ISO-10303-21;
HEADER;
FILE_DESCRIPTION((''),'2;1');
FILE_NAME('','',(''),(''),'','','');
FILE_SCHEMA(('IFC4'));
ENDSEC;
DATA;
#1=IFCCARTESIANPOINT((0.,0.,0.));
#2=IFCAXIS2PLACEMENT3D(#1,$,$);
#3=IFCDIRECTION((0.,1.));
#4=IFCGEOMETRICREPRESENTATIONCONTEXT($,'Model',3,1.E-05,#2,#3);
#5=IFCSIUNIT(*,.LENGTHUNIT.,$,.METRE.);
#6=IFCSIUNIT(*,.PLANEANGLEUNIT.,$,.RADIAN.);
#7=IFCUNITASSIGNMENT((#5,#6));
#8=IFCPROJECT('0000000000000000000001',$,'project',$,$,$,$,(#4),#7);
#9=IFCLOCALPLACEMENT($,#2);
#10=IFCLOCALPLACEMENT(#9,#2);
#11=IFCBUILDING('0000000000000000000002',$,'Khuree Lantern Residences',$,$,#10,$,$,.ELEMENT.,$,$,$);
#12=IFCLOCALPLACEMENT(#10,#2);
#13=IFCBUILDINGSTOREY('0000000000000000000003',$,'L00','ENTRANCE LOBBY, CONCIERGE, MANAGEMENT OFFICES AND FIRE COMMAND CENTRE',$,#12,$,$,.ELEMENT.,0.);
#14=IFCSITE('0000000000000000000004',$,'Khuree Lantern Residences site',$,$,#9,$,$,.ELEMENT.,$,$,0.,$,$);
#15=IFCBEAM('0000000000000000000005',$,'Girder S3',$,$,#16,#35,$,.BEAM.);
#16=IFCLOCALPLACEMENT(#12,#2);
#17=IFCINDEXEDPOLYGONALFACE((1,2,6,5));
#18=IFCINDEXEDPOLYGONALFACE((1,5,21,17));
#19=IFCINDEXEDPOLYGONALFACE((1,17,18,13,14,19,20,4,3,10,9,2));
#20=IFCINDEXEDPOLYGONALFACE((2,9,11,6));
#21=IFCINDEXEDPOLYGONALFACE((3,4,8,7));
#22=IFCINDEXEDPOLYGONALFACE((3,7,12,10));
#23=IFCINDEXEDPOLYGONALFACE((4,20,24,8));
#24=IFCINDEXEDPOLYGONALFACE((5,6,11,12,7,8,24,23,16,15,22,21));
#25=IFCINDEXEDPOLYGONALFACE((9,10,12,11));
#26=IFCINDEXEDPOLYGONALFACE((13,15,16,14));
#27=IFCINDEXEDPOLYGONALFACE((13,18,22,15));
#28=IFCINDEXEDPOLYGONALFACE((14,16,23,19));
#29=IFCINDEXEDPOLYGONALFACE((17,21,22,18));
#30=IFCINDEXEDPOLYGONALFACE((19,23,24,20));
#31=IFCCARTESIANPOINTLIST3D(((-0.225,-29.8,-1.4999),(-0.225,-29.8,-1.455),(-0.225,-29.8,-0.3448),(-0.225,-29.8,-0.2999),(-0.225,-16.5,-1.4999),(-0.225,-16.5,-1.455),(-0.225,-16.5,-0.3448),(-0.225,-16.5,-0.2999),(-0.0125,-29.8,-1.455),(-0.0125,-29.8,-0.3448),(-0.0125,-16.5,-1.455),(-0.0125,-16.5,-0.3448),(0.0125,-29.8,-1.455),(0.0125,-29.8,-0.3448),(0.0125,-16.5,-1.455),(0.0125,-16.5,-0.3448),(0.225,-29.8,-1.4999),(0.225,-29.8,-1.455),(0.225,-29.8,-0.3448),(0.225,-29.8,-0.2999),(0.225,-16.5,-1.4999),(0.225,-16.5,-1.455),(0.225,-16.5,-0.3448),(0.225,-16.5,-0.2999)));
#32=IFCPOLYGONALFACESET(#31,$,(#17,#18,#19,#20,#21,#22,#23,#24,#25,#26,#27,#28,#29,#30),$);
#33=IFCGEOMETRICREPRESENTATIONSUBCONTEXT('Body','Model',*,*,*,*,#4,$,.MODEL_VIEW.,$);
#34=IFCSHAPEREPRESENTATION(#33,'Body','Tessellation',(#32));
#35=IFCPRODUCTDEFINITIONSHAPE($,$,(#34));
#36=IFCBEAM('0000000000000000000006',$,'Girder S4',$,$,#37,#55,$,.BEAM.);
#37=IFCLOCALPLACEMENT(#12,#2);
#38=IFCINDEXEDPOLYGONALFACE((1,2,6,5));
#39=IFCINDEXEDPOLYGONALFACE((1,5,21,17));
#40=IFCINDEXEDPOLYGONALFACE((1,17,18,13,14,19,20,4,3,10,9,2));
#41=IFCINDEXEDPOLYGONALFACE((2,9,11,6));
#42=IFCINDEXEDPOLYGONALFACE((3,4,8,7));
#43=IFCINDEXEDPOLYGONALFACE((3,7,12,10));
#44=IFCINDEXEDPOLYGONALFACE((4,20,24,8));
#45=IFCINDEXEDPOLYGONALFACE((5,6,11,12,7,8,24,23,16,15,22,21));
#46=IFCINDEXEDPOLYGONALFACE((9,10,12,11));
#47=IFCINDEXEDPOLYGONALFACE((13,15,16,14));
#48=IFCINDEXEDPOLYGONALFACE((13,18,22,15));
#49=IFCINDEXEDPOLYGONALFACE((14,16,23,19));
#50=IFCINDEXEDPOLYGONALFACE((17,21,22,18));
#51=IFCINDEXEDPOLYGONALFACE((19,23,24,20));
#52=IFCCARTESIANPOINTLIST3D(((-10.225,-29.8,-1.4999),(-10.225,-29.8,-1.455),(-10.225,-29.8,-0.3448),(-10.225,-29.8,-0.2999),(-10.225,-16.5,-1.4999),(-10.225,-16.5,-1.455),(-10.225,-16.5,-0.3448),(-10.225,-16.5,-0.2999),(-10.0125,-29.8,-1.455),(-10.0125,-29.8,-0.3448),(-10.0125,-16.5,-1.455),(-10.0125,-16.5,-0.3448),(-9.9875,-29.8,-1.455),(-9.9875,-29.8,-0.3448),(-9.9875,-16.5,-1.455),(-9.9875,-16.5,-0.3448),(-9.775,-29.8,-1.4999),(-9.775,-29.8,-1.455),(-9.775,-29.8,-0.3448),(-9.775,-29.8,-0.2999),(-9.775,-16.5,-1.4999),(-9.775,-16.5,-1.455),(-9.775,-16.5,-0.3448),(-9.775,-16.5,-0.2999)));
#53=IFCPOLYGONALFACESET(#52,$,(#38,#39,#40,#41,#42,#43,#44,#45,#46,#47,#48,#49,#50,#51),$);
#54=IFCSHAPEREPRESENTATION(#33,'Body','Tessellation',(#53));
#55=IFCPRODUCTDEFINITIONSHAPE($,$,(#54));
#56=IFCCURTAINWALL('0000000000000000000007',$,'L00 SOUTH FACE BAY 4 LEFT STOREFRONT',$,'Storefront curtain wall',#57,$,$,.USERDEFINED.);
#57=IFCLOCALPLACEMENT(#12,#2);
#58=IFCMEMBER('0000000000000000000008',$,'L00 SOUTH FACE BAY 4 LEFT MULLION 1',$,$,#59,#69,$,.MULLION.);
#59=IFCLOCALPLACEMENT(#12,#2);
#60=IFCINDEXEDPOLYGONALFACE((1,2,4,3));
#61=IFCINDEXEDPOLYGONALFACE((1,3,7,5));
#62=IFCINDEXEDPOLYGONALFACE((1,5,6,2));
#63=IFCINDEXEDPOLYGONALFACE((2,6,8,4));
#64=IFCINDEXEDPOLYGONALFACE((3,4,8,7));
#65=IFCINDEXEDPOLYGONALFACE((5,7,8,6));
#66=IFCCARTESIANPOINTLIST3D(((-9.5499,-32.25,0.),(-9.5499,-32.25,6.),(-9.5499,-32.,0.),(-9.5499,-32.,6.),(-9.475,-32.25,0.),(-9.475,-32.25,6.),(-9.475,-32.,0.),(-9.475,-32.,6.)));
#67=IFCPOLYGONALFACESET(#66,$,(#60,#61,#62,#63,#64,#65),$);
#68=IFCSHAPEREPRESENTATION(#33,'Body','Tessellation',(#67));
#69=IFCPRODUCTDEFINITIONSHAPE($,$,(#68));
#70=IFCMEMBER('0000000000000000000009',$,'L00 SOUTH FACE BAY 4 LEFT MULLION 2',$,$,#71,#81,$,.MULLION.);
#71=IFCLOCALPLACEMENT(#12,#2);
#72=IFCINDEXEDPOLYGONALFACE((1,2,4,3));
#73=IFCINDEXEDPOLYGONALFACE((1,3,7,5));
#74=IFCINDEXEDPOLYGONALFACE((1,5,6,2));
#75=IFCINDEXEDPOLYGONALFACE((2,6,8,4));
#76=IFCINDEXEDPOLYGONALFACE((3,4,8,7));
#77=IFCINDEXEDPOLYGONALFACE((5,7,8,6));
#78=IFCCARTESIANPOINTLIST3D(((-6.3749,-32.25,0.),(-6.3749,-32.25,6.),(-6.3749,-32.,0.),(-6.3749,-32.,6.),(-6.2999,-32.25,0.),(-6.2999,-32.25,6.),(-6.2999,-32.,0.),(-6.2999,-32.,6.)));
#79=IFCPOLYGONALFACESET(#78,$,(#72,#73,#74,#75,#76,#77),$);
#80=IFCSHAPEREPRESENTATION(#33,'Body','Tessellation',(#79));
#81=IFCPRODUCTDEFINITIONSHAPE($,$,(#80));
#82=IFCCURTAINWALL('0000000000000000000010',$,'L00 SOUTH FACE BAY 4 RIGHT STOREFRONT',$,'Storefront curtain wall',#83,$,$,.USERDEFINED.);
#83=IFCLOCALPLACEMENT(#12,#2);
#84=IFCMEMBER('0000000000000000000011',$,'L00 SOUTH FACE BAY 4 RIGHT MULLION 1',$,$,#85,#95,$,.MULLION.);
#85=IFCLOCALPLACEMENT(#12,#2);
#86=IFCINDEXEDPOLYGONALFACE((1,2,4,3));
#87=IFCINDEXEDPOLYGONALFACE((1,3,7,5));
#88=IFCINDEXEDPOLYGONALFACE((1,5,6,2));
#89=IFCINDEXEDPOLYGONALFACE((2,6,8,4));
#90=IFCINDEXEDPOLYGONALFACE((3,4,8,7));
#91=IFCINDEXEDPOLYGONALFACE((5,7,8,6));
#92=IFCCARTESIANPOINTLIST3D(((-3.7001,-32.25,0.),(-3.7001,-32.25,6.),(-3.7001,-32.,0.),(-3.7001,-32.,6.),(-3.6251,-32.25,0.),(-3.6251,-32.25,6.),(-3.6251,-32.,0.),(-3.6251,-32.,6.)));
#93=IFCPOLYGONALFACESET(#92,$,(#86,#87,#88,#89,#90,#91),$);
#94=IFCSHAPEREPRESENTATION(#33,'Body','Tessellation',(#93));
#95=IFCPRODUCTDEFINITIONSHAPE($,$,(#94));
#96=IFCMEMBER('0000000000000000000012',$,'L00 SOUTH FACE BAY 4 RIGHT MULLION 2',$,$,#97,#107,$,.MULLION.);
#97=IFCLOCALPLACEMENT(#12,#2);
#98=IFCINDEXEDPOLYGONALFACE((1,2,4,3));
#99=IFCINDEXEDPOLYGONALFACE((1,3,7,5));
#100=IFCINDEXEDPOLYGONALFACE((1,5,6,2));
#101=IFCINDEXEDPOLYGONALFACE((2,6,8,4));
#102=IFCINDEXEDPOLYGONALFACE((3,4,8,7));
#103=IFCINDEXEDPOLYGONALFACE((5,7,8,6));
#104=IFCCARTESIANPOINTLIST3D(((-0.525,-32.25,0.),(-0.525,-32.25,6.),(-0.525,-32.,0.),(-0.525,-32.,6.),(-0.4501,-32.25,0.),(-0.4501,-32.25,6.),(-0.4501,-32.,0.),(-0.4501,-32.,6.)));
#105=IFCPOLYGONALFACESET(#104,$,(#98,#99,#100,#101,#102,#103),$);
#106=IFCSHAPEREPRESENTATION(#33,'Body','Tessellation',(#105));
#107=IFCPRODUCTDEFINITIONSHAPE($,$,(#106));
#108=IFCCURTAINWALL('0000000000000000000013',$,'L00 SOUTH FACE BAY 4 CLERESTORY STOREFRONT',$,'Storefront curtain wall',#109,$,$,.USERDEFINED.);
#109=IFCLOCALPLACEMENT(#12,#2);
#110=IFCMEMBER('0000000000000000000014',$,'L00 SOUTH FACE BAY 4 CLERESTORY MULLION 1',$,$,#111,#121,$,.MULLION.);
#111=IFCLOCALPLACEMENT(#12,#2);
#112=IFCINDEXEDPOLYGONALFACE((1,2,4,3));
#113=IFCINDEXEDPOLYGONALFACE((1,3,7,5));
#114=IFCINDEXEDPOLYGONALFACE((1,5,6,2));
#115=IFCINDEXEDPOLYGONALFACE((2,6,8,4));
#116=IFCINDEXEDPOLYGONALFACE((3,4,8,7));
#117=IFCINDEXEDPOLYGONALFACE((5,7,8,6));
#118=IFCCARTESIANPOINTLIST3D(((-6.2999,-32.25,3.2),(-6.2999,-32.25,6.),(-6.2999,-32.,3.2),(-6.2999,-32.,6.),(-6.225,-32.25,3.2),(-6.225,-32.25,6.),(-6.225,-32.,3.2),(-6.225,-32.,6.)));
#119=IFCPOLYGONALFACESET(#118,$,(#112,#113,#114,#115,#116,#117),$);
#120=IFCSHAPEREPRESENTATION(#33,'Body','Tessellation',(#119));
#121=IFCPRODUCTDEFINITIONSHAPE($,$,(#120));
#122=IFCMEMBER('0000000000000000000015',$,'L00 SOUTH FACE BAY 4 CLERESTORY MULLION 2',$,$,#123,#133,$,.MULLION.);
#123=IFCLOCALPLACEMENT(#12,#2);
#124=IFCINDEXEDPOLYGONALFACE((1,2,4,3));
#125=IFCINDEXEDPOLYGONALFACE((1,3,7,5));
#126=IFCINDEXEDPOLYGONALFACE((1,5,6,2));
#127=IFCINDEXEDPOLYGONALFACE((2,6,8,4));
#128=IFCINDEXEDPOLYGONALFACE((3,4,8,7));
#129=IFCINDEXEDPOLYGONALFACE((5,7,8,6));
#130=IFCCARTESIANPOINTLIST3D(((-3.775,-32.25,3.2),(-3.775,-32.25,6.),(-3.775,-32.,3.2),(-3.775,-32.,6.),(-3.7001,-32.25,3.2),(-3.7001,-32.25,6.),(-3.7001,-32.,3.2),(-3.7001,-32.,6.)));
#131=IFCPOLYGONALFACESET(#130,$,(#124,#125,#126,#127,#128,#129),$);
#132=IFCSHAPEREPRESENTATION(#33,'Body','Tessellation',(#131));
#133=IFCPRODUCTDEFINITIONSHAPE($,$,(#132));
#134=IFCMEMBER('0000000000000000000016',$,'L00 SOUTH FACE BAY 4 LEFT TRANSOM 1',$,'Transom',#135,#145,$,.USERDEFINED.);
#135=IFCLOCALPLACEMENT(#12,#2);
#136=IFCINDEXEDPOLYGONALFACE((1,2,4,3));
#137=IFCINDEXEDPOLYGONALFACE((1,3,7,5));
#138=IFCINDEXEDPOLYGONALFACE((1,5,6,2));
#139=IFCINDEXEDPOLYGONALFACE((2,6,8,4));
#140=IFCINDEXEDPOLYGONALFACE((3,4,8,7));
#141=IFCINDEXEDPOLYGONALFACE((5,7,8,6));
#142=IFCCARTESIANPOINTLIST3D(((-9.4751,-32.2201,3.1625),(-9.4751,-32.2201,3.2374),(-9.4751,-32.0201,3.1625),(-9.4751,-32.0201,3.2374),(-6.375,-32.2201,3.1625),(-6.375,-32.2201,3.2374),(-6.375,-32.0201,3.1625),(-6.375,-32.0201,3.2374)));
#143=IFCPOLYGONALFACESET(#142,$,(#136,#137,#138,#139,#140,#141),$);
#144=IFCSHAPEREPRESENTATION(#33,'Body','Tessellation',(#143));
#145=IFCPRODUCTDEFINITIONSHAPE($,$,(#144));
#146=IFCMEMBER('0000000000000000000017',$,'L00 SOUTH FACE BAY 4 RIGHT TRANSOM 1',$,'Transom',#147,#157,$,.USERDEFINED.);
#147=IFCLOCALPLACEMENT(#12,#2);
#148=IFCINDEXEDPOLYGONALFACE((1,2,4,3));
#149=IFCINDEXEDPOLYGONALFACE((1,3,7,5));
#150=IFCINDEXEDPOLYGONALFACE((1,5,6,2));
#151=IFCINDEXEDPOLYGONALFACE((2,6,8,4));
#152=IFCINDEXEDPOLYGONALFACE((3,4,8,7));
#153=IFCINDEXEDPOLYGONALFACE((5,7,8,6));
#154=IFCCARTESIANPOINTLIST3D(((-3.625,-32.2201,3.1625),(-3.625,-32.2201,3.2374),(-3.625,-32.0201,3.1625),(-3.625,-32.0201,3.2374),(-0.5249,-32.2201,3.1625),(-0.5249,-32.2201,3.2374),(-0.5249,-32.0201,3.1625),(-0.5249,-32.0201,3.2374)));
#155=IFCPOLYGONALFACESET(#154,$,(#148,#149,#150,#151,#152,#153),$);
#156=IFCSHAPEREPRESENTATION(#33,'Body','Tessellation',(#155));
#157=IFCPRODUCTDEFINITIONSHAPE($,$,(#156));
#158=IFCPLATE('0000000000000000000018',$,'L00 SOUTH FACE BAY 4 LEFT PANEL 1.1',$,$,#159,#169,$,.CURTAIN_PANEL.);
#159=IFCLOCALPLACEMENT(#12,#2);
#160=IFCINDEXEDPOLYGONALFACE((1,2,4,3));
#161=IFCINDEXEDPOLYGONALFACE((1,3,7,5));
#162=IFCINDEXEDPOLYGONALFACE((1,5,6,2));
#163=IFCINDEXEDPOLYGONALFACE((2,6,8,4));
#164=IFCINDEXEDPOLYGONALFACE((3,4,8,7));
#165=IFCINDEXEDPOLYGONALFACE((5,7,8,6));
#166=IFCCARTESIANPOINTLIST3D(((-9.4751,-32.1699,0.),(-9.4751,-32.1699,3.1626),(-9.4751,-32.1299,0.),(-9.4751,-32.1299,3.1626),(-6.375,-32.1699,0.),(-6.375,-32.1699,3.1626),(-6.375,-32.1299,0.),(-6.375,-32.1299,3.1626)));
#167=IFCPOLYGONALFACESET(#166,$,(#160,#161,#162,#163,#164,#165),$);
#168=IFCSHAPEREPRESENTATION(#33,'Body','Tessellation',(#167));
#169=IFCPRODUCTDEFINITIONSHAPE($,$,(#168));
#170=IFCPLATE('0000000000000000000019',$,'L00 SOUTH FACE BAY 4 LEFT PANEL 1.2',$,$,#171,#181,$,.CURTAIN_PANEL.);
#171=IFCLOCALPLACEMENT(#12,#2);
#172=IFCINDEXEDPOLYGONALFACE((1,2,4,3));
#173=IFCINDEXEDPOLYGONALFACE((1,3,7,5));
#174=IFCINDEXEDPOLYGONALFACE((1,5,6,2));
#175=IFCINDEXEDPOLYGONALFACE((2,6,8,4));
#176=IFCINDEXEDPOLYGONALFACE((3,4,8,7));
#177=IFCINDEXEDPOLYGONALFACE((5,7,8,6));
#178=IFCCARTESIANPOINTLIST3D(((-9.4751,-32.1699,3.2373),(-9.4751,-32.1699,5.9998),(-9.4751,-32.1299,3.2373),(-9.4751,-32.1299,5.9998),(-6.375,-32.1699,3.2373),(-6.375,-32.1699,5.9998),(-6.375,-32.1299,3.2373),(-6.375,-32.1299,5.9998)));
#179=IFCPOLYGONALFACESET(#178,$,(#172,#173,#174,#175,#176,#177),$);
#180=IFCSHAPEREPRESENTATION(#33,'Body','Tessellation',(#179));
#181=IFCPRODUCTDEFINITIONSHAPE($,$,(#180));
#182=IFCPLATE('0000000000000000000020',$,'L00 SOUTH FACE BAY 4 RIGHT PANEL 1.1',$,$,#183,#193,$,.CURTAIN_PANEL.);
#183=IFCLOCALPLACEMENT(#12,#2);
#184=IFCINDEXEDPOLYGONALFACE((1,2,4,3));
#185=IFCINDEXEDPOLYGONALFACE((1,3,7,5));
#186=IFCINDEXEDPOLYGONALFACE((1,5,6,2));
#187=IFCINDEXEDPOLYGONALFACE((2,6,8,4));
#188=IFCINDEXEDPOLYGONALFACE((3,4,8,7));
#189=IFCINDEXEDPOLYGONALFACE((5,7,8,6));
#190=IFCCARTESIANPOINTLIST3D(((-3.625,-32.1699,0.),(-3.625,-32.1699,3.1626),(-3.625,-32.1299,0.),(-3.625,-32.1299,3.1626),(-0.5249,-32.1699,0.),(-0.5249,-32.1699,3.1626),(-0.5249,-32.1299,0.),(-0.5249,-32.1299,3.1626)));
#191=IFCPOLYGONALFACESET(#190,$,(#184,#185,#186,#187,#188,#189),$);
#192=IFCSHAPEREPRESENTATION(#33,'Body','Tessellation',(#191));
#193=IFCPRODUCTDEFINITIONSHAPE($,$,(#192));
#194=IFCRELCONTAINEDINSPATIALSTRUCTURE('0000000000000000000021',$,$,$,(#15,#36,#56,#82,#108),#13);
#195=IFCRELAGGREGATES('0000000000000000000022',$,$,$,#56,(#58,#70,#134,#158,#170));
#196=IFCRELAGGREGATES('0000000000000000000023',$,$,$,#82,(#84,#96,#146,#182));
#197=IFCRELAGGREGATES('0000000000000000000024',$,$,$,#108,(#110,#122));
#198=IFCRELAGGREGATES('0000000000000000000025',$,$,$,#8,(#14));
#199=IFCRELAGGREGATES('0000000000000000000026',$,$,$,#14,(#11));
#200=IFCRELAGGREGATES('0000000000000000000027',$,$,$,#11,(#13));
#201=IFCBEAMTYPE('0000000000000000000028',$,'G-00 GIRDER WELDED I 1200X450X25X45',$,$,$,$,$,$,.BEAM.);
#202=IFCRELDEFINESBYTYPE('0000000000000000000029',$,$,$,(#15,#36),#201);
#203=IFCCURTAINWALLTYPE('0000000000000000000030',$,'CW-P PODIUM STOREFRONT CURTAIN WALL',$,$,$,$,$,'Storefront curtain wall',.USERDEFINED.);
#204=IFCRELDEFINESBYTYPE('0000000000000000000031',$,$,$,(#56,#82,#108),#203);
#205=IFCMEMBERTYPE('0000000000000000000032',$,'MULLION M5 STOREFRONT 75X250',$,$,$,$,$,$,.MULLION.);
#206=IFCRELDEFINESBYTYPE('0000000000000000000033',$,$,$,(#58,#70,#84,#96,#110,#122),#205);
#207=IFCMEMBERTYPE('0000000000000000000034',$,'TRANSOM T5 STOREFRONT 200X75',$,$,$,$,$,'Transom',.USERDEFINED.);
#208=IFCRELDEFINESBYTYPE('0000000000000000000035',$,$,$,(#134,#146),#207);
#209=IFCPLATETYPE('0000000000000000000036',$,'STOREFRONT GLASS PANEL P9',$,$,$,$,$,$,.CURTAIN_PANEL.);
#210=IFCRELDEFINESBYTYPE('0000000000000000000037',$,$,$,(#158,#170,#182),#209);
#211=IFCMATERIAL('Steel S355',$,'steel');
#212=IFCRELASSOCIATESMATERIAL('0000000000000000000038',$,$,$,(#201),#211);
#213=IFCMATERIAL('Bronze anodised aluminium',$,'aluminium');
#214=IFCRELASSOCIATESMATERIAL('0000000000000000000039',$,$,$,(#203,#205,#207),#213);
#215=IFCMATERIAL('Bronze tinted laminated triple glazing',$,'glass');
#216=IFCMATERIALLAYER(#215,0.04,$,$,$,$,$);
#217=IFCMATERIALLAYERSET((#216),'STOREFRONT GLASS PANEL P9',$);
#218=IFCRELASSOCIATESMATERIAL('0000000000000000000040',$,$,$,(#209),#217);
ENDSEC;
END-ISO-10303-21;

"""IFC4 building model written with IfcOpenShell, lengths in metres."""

from ifc_helpers import new_model, si_unit, direction, frame, origin, origin_2d, place, context, subcontext, project, spatial, rectangle, i_section, extrude, material, layer, layer_set, material_profile, profile_set, type_object, element, aggregate, save


model = new_model("IFC4")

# Units and contexts
model_context = context("Model", 3, precision=1e-05, world=origin(), true_north=direction((0.0, 1.0)))
body_context = subcontext(model_context, "Body", "Model", "MODEL_VIEW")
ifc_project = project(units=[si_unit("LENGTHUNIT", "METRE"), si_unit("PLANEANGLEUNIT", "RADIAN")], contexts=[model_context])

# Site, building, storey
site_placement = place(None, origin())
site = spatial("IfcSite", under=ifc_project, at=site_placement, Name="Khuree Lantern Residences site", CompositionType="ELEMENT", RefElevation=0.0)
building_placement = place(site_placement, origin())
building = spatial("IfcBuilding", under=site, at=building_placement, Name="Khuree Lantern Residences", CompositionType="ELEMENT")
storey_placement = place(building_placement, origin())
storey = spatial("IfcBuildingStorey", under=building, at=storey_placement, Name="L00", Description="ENTRANCE LOBBY, CONCIERGE, MANAGEMENT OFFICES AND FIRE COMMAND CENTRE", CompositionType="ELEMENT", Elevation=0.0)

# Shared definitions
ifc_material_1 = material(Name="Steel S355", Category="steel")

# Beams
ifc_material_profile_1 = material_profile(ifc_material_1, i_section(OverallWidth=0.45, OverallDepth=1.2, WebThickness=0.0249, FlangeThickness=0.0449, at=origin_2d()), Name="WELDED I 1200X450X25X45")
ifc_profile_set_1 = profile_set([ifc_material_profile_1], Name="Steel S355")
beam_type_1 = type_object("IfcBeamType", Name="G-00 GIRDER WELDED I 1200X450X25X45", PredefinedType="BEAM", material=ifc_profile_set_1)
for number, where, z_axis, x_axis, name in (
    (1, (0.0, -29.8, -0.8999), (0.0, 1.0, 0.0), (-1.0, 0.0, 0.0), "Girder S3"),
    (2, (-10.0, -29.8, -0.8999), (0.0, 1.0, 0.0), (-1.0, 0.0, 0.0), "Girder S4"),
):
    element("IfcBeam", number, at=place(storey_placement, frame(where, z_axis=z_axis, x_axis=x_axis)), inside=storey, type_object=beam_type_1, Name=name, PredefinedType="BEAM", context=body_context, shape_type="SweptSolid", body=[
        extrude(i_section(OverallWidth=0.45, OverallDepth=1.2, WebThickness=0.0249, FlangeThickness=0.0449, at=origin_2d()), origin(), (0.0, 0.0, 1.0), 13.3),
    ])

# Curtain walls, members
ifc_material_2 = material(Name="Bronze anodised aluminium", Category="aluminium")
curtain_wall_type = type_object("IfcCurtainWallType", Name="CW-P PODIUM STOREFRONT CURTAIN WALL", ElementType="Storefront curtain wall", PredefinedType="USERDEFINED", material=ifc_material_2)
curtain_wall_1_placement = place(storey_placement, origin())
curtain_wall_1 = element("IfcCurtainWall", 3, at=curtain_wall_1_placement, inside=storey, type_object=curtain_wall_type, Name="L00 SOUTH FACE BAY 4 LEFT STOREFRONT", ObjectType="Storefront curtain wall", PredefinedType="USERDEFINED")
ifc_material_profile_2 = material_profile(ifc_material_2, rectangle(XDim=0.075, YDim=0.25, at=origin_2d()), Name="M5 75X250")
ifc_profile_set_2 = profile_set([ifc_material_profile_2], Name="Bronze anodised aluminium")
member_type_1 = type_object("IfcMemberType", Name="MULLION M5 STOREFRONT 75X250", PredefinedType="MULLION", material=ifc_profile_set_2)
member_1_placement = place(storey_placement, frame((-9.5125, -32.125, 0.0), z_axis=(0.0, 0.0, 1.0), x_axis=(1.0, 0.0, 0.0)))
member_1 = element("IfcMember", 4, at=member_1_placement, type_object=member_type_1, Name="L00 SOUTH FACE BAY 4 LEFT MULLION 1", PredefinedType="MULLION", context=body_context, shape_type="SweptSolid", body=[
    extrude(rectangle(XDim=0.075, YDim=0.25, at=origin_2d()), origin(), (0.0, 0.0, 1.0), 6.0),
])
member_2_placement = place(storey_placement, frame((-6.3374, -32.125, 0.0), z_axis=(0.0, 0.0, 1.0), x_axis=(1.0, 0.0, 0.0)))
member_2 = element("IfcMember", 5, at=member_2_placement, type_object=member_type_1, Name="L00 SOUTH FACE BAY 4 LEFT MULLION 2", PredefinedType="MULLION", context=body_context, shape_type="SweptSolid", body=[
    extrude(rectangle(XDim=0.075, YDim=0.25, at=origin_2d()), origin(), (0.0, 0.0, 1.0), 6.0),
])
curtain_wall_2_placement = place(storey_placement, origin())
curtain_wall_2 = element("IfcCurtainWall", 6, at=curtain_wall_2_placement, inside=storey, type_object=curtain_wall_type, Name="L00 SOUTH FACE BAY 4 RIGHT STOREFRONT", ObjectType="Storefront curtain wall", PredefinedType="USERDEFINED")
member_3_placement = place(storey_placement, frame((-3.6626, -32.125, 0.0), z_axis=(0.0, 0.0, 1.0), x_axis=(1.0, 0.0, 0.0)))
member_3 = element("IfcMember", 7, at=member_3_placement, type_object=member_type_1, Name="L00 SOUTH FACE BAY 4 RIGHT MULLION 1", PredefinedType="MULLION", context=body_context, shape_type="SweptSolid", body=[
    extrude(rectangle(XDim=0.075, YDim=0.25, at=origin_2d()), origin(), (0.0, 0.0, 1.0), 6.0),
])
member_4_placement = place(storey_placement, frame((-0.4875, -32.125, 0.0), z_axis=(0.0, 0.0, 1.0), x_axis=(1.0, 0.0, 0.0)))
member_4 = element("IfcMember", 8, at=member_4_placement, type_object=member_type_1, Name="L00 SOUTH FACE BAY 4 RIGHT MULLION 2", PredefinedType="MULLION", context=body_context, shape_type="SweptSolid", body=[
    extrude(rectangle(XDim=0.075, YDim=0.25, at=origin_2d()), origin(), (0.0, 0.0, 1.0), 6.0),
])
curtain_wall_3_placement = place(storey_placement, origin())
curtain_wall_3 = element("IfcCurtainWall", 9, at=curtain_wall_3_placement, inside=storey, type_object=curtain_wall_type, Name="L00 SOUTH FACE BAY 4 CLERESTORY STOREFRONT", ObjectType="Storefront curtain wall", PredefinedType="USERDEFINED")
member_5_placement = place(storey_placement, frame((-6.2625, -32.125, 3.2), z_axis=(0.0, 0.0, 1.0), x_axis=(1.0, 0.0, 0.0)))
member_5 = element("IfcMember", 10, at=member_5_placement, type_object=member_type_1, Name="L00 SOUTH FACE BAY 4 CLERESTORY MULLION 1", PredefinedType="MULLION", context=body_context, shape_type="SweptSolid", body=[
    extrude(rectangle(XDim=0.075, YDim=0.25, at=origin_2d()), origin(), (0.0, 0.0, 1.0), 2.8),
])
member_6_placement = place(storey_placement, frame((-3.7375, -32.125, 3.2), z_axis=(0.0, 0.0, 1.0), x_axis=(1.0, 0.0, 0.0)))
member_6 = element("IfcMember", 11, at=member_6_placement, type_object=member_type_1, Name="L00 SOUTH FACE BAY 4 CLERESTORY MULLION 2", PredefinedType="MULLION", context=body_context, shape_type="SweptSolid", body=[
    extrude(rectangle(XDim=0.075, YDim=0.25, at=origin_2d()), origin(), (0.0, 0.0, 1.0), 2.8),
])

# Members
ifc_material_profile_3 = material_profile(ifc_material_2, rectangle(XDim=0.2, YDim=0.075, at=origin_2d()), Name="T5 200X75")
ifc_profile_set_3 = profile_set([ifc_material_profile_3], Name="Bronze anodised aluminium")
member_type_2 = type_object("IfcMemberType", Name="TRANSOM T5 STOREFRONT 200X75", ElementType="Transom", PredefinedType="USERDEFINED", material=ifc_profile_set_3)
member_7_placement = place(storey_placement, frame((-9.4751, -32.1201, 3.2), z_axis=(1.0, 0.0, 0.0), x_axis=(0.0, 1.0, 0.0)))
member_7 = element("IfcMember", 12, at=member_7_placement, type_object=member_type_2, Name="L00 SOUTH FACE BAY 4 LEFT TRANSOM 1", ObjectType="Transom", PredefinedType="USERDEFINED", context=body_context, shape_type="SweptSolid", body=[
    extrude(rectangle(XDim=0.2, YDim=0.075, at=origin_2d()), origin(), (0.0, 0.0, 1.0), 3.1001),
])
member_8_placement = place(storey_placement, frame((-3.625, -32.1201, 3.2), z_axis=(1.0, 0.0, 0.0), x_axis=(0.0, 1.0, 0.0)))
member_8 = element("IfcMember", 13, at=member_8_placement, type_object=member_type_2, Name="L00 SOUTH FACE BAY 4 RIGHT TRANSOM 1", ObjectType="Transom", PredefinedType="USERDEFINED", context=body_context, shape_type="SweptSolid", body=[
    extrude(rectangle(XDim=0.2, YDim=0.075, at=origin_2d()), origin(), (0.0, 0.0, 1.0), 3.1001),
])

# Plates
ifc_material_3 = material(Name="Bronze tinted laminated triple glazing", Category="glass")
ifc_layer_1 = layer(ifc_material_3, 0.04)
ifc_layer_set_1 = layer_set([ifc_layer_1], Name="STOREFRONT GLASS PANEL P9")
plate_type = type_object("IfcPlateType", Name="STOREFRONT GLASS PANEL P9", PredefinedType="CURTAIN_PANEL", material=ifc_layer_set_1)
plate_1_placement = place(storey_placement, frame((-7.925, -32.1499, 0.0), z_axis=(0.0, 0.0, 1.0), x_axis=(1.0, 0.0, 0.0)))
plate_1 = element("IfcPlate", 14, at=plate_1_placement, type_object=plate_type, Name="L00 SOUTH FACE BAY 4 LEFT PANEL 1.1", PredefinedType="CURTAIN_PANEL", context=body_context, shape_type="SweptSolid", body=[
    extrude(rectangle(XDim=3.1001, YDim=0.04, at=origin_2d()), origin(), (0.0, 0.0, 1.0), 3.1626),
])
plate_2_placement = place(storey_placement, frame((-7.925, -32.1499, 3.2373), z_axis=(0.0, 0.0, 1.0), x_axis=(1.0, 0.0, 0.0)))
plate_2 = element("IfcPlate", 15, at=plate_2_placement, type_object=plate_type, Name="L00 SOUTH FACE BAY 4 LEFT PANEL 1.2", PredefinedType="CURTAIN_PANEL", context=body_context, shape_type="SweptSolid", body=[
    extrude(rectangle(XDim=3.1001, YDim=0.04, at=origin_2d()), origin(), (0.0, 0.0, 1.0), 2.7625),
])
aggregate(curtain_wall_1, [member_1, member_2, member_7, plate_1, plate_2])
plate_3_placement = place(storey_placement, frame((-2.075, -32.1499, 0.0), z_axis=(0.0, 0.0, 1.0), x_axis=(1.0, 0.0, 0.0)))
plate_3 = element("IfcPlate", 16, at=plate_3_placement, type_object=plate_type, Name="L00 SOUTH FACE BAY 4 RIGHT PANEL 1.1", PredefinedType="CURTAIN_PANEL", context=body_context, shape_type="SweptSolid", body=[
    extrude(rectangle(XDim=3.1001, YDim=0.04, at=origin_2d()), origin(), (0.0, 0.0, 1.0), 3.1626),
])
aggregate(curtain_wall_2, [member_3, member_4, member_8, plate_3])
aggregate(curtain_wall_3, [member_5, member_6])

save(model, "model.ifc")
